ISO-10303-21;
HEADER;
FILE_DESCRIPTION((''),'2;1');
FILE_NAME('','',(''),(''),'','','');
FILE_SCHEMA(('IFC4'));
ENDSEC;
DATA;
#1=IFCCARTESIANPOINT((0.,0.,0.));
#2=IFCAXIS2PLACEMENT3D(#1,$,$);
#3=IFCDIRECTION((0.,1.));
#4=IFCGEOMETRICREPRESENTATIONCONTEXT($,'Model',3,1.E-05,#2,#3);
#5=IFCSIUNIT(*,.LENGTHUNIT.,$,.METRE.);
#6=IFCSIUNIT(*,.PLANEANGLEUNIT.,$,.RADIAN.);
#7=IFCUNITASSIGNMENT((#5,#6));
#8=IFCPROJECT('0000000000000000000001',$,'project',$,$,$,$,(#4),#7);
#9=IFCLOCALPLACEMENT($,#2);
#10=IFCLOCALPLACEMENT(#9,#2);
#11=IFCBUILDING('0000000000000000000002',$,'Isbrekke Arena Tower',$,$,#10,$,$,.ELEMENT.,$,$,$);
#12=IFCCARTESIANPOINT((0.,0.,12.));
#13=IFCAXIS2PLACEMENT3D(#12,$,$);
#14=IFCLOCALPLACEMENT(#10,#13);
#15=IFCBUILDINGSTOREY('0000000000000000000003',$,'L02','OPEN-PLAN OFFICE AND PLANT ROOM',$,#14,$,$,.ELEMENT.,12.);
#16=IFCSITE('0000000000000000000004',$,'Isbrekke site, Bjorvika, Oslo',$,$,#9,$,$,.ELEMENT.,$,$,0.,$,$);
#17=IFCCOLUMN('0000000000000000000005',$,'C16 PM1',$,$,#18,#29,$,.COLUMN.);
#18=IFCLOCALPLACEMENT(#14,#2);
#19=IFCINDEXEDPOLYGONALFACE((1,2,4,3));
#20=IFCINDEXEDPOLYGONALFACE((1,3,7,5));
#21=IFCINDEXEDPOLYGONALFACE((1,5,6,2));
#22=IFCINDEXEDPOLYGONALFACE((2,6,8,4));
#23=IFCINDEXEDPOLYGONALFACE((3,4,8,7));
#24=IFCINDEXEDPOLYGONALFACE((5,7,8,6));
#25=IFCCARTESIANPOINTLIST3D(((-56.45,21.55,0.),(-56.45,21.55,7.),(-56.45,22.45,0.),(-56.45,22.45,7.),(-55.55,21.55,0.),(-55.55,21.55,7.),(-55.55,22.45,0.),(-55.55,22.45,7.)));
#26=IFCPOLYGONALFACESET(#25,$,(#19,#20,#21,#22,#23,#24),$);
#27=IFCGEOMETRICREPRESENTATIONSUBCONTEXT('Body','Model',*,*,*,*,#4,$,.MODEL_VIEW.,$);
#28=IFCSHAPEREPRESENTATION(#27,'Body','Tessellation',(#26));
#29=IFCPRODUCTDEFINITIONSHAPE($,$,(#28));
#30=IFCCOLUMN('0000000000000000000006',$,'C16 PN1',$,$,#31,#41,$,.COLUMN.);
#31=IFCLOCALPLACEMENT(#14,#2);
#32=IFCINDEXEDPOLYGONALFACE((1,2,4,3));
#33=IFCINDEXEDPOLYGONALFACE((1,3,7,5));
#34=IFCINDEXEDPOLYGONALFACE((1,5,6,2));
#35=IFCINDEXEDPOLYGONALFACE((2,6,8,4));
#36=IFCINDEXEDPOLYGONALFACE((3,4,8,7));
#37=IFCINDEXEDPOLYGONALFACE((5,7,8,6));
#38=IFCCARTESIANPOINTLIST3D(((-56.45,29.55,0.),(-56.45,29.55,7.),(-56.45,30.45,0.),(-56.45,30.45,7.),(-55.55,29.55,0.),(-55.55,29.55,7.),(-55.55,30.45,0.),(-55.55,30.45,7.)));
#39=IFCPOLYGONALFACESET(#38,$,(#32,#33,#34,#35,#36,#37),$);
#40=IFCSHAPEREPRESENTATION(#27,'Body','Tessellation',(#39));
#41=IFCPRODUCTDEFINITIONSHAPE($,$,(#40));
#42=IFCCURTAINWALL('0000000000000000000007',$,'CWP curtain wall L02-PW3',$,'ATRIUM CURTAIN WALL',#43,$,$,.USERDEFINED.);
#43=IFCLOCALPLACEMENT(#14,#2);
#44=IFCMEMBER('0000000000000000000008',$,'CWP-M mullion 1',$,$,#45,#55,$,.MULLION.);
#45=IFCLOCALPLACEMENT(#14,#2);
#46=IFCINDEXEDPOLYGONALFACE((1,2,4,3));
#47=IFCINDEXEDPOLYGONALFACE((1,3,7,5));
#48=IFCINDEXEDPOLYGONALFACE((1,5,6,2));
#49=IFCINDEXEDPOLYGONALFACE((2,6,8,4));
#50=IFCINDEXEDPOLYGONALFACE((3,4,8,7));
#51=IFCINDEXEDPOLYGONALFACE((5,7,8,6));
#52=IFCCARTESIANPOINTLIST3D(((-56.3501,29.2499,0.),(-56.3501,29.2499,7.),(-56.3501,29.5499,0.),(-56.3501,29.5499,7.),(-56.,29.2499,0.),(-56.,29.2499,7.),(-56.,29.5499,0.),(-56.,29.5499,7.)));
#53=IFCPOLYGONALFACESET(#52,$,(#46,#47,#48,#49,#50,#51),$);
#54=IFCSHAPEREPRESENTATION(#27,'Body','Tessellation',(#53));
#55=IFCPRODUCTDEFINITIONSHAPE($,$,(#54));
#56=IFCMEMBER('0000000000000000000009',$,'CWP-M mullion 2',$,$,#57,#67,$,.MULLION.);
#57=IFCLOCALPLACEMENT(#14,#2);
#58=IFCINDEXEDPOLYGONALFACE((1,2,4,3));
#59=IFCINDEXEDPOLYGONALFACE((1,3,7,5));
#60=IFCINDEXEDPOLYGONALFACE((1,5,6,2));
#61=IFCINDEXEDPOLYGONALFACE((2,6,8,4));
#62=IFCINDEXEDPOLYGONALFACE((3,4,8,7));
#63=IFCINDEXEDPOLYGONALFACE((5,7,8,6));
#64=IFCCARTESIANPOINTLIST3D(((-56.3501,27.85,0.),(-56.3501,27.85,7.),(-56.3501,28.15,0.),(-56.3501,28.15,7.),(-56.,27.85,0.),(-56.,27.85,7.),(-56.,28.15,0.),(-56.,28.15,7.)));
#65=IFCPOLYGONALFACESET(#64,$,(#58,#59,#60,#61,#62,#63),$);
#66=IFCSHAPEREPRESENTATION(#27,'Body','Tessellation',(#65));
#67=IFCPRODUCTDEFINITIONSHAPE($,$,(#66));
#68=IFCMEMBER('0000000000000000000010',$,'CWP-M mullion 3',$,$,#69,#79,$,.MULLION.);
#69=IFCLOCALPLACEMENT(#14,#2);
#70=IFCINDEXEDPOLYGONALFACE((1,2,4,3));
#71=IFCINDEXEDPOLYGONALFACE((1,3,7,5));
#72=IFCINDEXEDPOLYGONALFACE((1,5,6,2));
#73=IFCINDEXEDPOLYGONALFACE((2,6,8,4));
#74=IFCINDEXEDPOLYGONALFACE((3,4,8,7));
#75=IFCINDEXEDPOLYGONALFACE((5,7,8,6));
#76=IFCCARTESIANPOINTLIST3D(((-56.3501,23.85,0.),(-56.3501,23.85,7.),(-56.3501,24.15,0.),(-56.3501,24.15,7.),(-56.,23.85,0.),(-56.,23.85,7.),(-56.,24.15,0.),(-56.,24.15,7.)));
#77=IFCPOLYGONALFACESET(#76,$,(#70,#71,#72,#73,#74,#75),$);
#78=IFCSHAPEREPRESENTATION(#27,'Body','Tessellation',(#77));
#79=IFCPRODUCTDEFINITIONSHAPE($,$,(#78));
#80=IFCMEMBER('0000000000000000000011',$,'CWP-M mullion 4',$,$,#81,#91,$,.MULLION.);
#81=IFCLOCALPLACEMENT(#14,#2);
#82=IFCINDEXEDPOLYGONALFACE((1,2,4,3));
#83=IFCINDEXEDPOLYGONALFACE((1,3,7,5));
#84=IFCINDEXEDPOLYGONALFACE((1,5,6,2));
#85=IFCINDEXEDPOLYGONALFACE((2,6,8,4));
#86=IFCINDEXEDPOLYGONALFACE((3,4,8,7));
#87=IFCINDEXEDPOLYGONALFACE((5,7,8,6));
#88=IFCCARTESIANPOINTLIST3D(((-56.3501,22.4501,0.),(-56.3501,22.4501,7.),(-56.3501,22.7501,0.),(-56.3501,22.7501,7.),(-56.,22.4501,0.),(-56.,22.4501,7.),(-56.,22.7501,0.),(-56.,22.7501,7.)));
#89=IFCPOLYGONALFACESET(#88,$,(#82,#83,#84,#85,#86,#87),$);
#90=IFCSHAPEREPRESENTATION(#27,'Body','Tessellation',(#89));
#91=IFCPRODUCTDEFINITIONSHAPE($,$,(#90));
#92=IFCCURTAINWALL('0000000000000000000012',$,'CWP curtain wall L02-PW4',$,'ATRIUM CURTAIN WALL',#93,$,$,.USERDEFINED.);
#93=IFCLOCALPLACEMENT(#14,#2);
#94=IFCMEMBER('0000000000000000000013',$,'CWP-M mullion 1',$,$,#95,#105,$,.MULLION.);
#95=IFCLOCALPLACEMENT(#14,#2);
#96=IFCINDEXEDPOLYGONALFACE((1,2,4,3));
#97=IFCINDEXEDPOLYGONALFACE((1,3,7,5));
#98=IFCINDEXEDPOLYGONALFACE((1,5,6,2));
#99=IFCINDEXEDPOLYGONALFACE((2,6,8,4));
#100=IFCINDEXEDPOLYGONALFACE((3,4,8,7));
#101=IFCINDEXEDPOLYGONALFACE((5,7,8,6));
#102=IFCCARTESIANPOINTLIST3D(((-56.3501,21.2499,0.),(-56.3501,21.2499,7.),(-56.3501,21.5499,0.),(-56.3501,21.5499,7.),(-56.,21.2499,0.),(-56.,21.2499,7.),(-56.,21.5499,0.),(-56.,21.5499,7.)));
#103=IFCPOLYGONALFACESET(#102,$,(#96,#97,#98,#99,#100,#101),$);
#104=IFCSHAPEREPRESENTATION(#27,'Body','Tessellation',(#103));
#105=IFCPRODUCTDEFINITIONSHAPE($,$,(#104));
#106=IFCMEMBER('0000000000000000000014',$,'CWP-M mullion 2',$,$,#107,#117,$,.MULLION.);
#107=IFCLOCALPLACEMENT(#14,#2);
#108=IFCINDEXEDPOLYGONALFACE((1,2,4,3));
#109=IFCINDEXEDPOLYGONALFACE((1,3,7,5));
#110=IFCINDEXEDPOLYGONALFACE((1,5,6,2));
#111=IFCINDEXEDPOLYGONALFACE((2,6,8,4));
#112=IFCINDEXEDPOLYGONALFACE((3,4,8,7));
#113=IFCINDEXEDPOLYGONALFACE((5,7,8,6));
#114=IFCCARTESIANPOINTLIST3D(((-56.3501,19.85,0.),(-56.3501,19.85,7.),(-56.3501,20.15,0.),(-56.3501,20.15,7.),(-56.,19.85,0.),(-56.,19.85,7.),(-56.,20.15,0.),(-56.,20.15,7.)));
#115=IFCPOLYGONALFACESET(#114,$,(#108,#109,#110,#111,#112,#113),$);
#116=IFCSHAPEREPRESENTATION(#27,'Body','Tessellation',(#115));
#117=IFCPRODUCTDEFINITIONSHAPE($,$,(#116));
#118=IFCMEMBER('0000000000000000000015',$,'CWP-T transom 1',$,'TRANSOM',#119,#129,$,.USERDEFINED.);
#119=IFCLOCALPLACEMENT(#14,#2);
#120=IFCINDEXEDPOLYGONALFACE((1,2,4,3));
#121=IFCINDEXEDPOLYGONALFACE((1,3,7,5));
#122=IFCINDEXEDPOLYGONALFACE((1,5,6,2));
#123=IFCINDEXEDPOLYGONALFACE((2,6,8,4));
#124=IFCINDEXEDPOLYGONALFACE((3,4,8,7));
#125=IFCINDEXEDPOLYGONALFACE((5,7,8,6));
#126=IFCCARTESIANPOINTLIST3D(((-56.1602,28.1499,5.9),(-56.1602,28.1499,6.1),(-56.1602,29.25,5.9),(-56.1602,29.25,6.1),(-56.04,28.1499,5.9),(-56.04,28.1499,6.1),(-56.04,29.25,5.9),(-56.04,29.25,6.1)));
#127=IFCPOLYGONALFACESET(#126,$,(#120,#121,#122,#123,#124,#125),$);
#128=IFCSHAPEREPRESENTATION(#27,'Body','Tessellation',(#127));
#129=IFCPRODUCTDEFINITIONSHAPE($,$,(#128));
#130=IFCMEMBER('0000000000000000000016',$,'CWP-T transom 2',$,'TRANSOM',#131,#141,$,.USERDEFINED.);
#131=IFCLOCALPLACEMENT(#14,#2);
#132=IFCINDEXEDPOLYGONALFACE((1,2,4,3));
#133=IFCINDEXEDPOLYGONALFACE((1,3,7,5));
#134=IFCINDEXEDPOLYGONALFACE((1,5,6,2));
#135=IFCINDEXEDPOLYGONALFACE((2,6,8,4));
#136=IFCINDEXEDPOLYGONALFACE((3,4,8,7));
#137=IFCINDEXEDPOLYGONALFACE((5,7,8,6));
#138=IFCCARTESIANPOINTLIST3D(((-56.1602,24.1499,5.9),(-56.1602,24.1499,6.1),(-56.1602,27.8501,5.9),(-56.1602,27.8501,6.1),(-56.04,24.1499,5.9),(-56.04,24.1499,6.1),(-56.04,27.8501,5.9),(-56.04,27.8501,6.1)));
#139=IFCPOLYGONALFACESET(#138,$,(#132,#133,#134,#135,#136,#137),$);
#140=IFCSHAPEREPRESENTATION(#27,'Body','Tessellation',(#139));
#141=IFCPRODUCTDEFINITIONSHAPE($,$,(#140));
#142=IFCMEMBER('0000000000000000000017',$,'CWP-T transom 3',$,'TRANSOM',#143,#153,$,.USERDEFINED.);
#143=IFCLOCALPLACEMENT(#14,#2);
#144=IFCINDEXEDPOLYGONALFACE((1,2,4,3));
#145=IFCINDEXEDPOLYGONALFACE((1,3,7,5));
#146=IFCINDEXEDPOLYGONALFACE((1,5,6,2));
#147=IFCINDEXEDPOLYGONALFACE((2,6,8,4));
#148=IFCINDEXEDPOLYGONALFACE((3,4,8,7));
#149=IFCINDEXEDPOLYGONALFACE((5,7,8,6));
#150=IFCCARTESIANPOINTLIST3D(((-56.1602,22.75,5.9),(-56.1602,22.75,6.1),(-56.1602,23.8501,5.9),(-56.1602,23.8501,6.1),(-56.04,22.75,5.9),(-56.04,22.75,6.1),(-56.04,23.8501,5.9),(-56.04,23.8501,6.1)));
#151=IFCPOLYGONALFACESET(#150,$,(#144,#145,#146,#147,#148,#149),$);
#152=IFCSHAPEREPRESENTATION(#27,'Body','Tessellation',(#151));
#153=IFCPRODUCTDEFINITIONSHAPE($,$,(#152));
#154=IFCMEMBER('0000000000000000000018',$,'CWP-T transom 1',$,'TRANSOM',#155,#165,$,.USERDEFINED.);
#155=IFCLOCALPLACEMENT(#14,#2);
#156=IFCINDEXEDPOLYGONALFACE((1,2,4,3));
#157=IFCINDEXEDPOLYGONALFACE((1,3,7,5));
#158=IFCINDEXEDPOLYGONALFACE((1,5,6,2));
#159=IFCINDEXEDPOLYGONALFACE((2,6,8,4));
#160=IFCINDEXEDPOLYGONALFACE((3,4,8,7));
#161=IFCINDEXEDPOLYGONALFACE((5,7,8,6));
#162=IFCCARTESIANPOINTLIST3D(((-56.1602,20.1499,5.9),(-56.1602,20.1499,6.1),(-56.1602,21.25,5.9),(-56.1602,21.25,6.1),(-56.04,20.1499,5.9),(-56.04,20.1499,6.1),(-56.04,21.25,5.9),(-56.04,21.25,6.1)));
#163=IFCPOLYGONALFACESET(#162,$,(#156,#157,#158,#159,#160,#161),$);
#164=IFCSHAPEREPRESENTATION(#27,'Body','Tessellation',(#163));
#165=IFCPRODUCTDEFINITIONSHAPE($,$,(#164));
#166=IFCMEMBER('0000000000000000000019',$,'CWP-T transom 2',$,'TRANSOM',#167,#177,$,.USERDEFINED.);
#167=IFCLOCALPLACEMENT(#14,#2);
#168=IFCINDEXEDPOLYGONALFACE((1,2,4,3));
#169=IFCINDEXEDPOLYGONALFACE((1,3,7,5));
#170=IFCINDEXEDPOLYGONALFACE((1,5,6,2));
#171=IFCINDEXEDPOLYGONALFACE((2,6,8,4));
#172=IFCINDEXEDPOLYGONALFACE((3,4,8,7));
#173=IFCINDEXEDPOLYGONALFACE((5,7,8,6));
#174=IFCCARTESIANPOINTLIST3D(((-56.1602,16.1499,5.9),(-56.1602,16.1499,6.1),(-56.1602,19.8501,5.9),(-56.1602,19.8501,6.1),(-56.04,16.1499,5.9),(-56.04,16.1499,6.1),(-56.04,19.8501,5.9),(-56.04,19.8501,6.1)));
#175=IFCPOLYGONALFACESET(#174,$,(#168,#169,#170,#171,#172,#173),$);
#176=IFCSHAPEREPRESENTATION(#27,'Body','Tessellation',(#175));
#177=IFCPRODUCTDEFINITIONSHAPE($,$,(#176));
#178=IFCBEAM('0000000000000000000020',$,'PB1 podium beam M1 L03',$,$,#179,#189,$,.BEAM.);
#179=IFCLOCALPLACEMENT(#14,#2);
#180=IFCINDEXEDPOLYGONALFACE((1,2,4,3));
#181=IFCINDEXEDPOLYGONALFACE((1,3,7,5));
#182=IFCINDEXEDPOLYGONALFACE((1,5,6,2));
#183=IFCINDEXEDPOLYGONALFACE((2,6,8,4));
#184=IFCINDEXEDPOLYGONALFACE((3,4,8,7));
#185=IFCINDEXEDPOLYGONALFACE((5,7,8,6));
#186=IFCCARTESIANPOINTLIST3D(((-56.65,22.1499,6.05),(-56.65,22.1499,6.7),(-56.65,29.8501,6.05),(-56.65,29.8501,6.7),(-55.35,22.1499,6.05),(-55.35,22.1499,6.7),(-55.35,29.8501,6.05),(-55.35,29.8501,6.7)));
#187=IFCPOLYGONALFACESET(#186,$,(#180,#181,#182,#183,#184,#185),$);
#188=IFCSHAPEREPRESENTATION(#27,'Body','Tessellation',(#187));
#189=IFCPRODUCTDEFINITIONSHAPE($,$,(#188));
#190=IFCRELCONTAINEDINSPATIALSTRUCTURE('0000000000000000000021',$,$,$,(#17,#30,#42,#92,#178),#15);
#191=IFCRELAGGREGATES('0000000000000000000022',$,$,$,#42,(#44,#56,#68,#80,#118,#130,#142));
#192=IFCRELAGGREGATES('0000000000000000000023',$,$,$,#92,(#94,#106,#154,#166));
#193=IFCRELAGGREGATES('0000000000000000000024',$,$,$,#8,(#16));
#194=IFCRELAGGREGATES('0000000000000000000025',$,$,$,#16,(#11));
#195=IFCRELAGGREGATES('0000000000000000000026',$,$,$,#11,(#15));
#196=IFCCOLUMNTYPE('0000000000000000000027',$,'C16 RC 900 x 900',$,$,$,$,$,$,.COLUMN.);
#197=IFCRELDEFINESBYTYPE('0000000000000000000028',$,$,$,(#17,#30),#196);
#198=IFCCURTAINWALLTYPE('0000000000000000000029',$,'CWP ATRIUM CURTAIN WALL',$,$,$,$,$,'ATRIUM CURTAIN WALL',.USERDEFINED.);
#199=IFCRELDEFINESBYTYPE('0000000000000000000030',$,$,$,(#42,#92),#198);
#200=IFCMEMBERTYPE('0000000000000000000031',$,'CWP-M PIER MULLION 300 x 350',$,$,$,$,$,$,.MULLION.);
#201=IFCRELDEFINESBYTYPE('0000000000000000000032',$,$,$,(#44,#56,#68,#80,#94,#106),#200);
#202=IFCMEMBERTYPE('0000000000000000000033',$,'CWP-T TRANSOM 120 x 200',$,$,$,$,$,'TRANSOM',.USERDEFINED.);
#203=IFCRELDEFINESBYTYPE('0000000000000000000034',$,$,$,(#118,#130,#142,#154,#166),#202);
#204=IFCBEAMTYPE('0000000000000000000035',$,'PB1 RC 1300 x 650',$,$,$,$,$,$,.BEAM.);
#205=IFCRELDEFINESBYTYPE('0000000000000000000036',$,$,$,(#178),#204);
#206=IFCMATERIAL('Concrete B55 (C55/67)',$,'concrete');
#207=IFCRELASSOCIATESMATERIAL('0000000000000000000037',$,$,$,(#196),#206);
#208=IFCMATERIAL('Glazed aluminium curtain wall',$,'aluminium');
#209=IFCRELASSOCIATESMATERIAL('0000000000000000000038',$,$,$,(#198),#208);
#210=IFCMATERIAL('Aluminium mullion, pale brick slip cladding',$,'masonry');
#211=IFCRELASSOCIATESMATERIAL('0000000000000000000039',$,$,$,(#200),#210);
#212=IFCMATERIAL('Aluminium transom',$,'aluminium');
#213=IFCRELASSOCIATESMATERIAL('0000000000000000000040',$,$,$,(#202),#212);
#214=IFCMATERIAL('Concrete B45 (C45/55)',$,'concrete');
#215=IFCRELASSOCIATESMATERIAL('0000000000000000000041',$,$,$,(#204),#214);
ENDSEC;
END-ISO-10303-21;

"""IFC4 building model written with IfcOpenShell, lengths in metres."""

from ifc_helpers import new_model, si_unit, direction, frame, origin, origin_2d, place, context, subcontext, project, spatial, rectangle, extrude, material, material_profile, profile_set, type_object, element, aggregate, save


model = new_model("IFC4")

# Units and contexts
model_context = context("Model", 3, precision=1e-05, world=origin(), true_north=direction((0.0, 1.0)))
body_context = subcontext(model_context, "Body", "Model", "MODEL_VIEW")
ifc_project = project(units=[si_unit("LENGTHUNIT", "METRE"), si_unit("PLANEANGLEUNIT", "RADIAN")], contexts=[model_context])

# Site, building, storey
site_placement = place(None, origin())
site = spatial("IfcSite", under=ifc_project, at=site_placement, Name="Isbrekke site, Bjorvika, Oslo", CompositionType="ELEMENT", RefElevation=0.0)
building_placement = place(site_placement, origin())
building = spatial("IfcBuilding", under=site, at=building_placement, Name="Isbrekke Arena Tower", CompositionType="ELEMENT")
storey_placement = place(building_placement, frame((0.0, 0.0, 12.0)))
storey = spatial("IfcBuildingStorey", under=building, at=storey_placement, Name="L02", Description="OPEN-PLAN OFFICE AND PLANT ROOM", CompositionType="ELEMENT", Elevation=12.0)

# Columns
ifc_material_1 = material(Name="Concrete B55 (C55/67)", Category="concrete")
ifc_material_profile_1 = material_profile(ifc_material_1, rectangle(XDim=0.8999, YDim=0.8999, at=origin_2d()), Name="RC 900x900")
ifc_profile_set_1 = profile_set([ifc_material_profile_1], Name="Concrete B55 (C55/67)")
column_type = type_object("IfcColumnType", Name="C16 RC 900 x 900", PredefinedType="COLUMN", material=ifc_profile_set_1)
for number, where, z_axis, x_axis, name in (
    (1, (-56.0, 22.0, 0.0), (0.0, 0.0, 1.0), (1.0, 0.0, 0.0), "C16 PM1"),
    (2, (-56.0, 30.0, 0.0), (0.0, 0.0, 1.0), (1.0, 0.0, 0.0), "C16 PN1"),
):
    element("IfcColumn", number, at=place(storey_placement, frame(where, z_axis=z_axis, x_axis=x_axis)), inside=storey, type_object=column_type, Name=name, PredefinedType="COLUMN", context=body_context, shape_type="SweptSolid", body=[
        extrude(rectangle(XDim=0.8999, YDim=0.8999, at=origin_2d()), origin(), (0.0, 0.0, 1.0), 7.0),
    ])

# Curtain walls, members
ifc_material_2 = material(Name="Glazed aluminium curtain wall", Category="aluminium")
curtain_wall_type = type_object("IfcCurtainWallType", Name="CWP ATRIUM CURTAIN WALL", ElementType="ATRIUM CURTAIN WALL", PredefinedType="USERDEFINED", material=ifc_material_2)
curtain_wall_1_placement = place(storey_placement, origin())
curtain_wall_1 = element("IfcCurtainWall", 3, at=curtain_wall_1_placement, inside=storey, type_object=curtain_wall_type, Name="CWP curtain wall L02-PW3", ObjectType="ATRIUM CURTAIN WALL", PredefinedType="USERDEFINED")
ifc_material_3 = material(Name="Aluminium mullion, pale brick slip cladding", Category="masonry")
ifc_material_profile_2 = material_profile(ifc_material_3, rectangle(XDim=0.3, YDim=0.3501, at=origin_2d()), Name="PIER 300X350")
ifc_profile_set_2 = profile_set([ifc_material_profile_2], Name="Aluminium mullion, pale brick slip cladding")
member_type_1 = type_object("IfcMemberType", Name="CWP-M PIER MULLION 300 x 350", PredefinedType="MULLION", material=ifc_profile_set_2)
member_1_placement = place(storey_placement, frame((-56.175, 29.3999, 0.0), z_axis=(0.0, 0.0, 1.0), x_axis=(0.0, -1.0, 0.0)))
member_1 = element("IfcMember", 4, at=member_1_placement, type_object=member_type_1, Name="CWP-M mullion 1", PredefinedType="MULLION", context=body_context, shape_type="SweptSolid", body=[
    extrude(rectangle(XDim=0.3, YDim=0.3501, at=origin_2d()), origin(), (0.0, 0.0, 1.0), 7.0),
])
member_2_placement = place(storey_placement, frame((-56.175, 28.0, 0.0), z_axis=(0.0, 0.0, 1.0), x_axis=(0.0, -1.0, 0.0)))
member_2 = element("IfcMember", 5, at=member_2_placement, type_object=member_type_1, Name="CWP-M mullion 2", PredefinedType="MULLION", context=body_context, shape_type="SweptSolid", body=[
    extrude(rectangle(XDim=0.3, YDim=0.3501, at=origin_2d()), origin(), (0.0, 0.0, 1.0), 7.0),
])
member_3_placement = place(storey_placement, frame((-56.175, 24.0, 0.0), z_axis=(0.0, 0.0, 1.0), x_axis=(0.0, -1.0, 0.0)))
member_3 = element("IfcMember", 6, at=member_3_placement, type_object=member_type_1, Name="CWP-M mullion 3", PredefinedType="MULLION", context=body_context, shape_type="SweptSolid", body=[
    extrude(rectangle(XDim=0.3, YDim=0.3501, at=origin_2d()), origin(), (0.0, 0.0, 1.0), 7.0),
])
member_4_placement = place(storey_placement, frame((-56.175, 22.6001, 0.0), z_axis=(0.0, 0.0, 1.0), x_axis=(0.0, -1.0, 0.0)))
member_4 = element("IfcMember", 7, at=member_4_placement, type_object=member_type_1, Name="CWP-M mullion 4", PredefinedType="MULLION", context=body_context, shape_type="SweptSolid", body=[
    extrude(rectangle(XDim=0.3, YDim=0.3501, at=origin_2d()), origin(), (0.0, 0.0, 1.0), 7.0),
])
curtain_wall_2_placement = place(storey_placement, origin())
curtain_wall_2 = element("IfcCurtainWall", 8, at=curtain_wall_2_placement, inside=storey, type_object=curtain_wall_type, Name="CWP curtain wall L02-PW4", ObjectType="ATRIUM CURTAIN WALL", PredefinedType="USERDEFINED")
member_5_placement = place(storey_placement, frame((-56.175, 21.3999, 0.0), z_axis=(0.0, 0.0, 1.0), x_axis=(0.0, -1.0, 0.0)))
member_5 = element("IfcMember", 9, at=member_5_placement, type_object=member_type_1, Name="CWP-M mullion 1", PredefinedType="MULLION", context=body_context, shape_type="SweptSolid", body=[
    extrude(rectangle(XDim=0.3, YDim=0.3501, at=origin_2d()), origin(), (0.0, 0.0, 1.0), 7.0),
])
member_6_placement = place(storey_placement, frame((-56.175, 20.0, 0.0), z_axis=(0.0, 0.0, 1.0), x_axis=(0.0, -1.0, 0.0)))
member_6 = element("IfcMember", 10, at=member_6_placement, type_object=member_type_1, Name="CWP-M mullion 2", PredefinedType="MULLION", context=body_context, shape_type="SweptSolid", body=[
    extrude(rectangle(XDim=0.3, YDim=0.3501, at=origin_2d()), origin(), (0.0, 0.0, 1.0), 7.0),
])

# Members
ifc_material_4 = material(Name="Aluminium transom", Category="aluminium")
ifc_material_profile_3 = material_profile(ifc_material_4, rectangle(XDim=0.1201, YDim=0.2, at=origin_2d()), Name="TRANSOM 120X200")
ifc_profile_set_3 = profile_set([ifc_material_profile_3], Name="Aluminium transom")
member_type_2 = type_object("IfcMemberType", Name="CWP-T TRANSOM 120 x 200", ElementType="TRANSOM", PredefinedType="USERDEFINED", material=ifc_profile_set_3)
member_7_placement = place(storey_placement, frame((-56.1001, 29.25, 6.0), z_axis=(0.0, -1.0, 0.0), x_axis=(1.0, 0.0, 0.0)))
member_7 = element("IfcMember", 11, at=member_7_placement, type_object=member_type_2, Name="CWP-T transom 1", ObjectType="TRANSOM", PredefinedType="USERDEFINED", context=body_context, shape_type="SweptSolid", body=[
    extrude(rectangle(XDim=0.1201, YDim=0.2, at=origin_2d()), origin(), (0.0, 0.0, 1.0), 1.1001),
])
member_8_placement = place(storey_placement, frame((-56.1001, 27.8501, 6.0), z_axis=(0.0, -1.0, 0.0), x_axis=(1.0, 0.0, 0.0)))
member_8 = element("IfcMember", 12, at=member_8_placement, type_object=member_type_2, Name="CWP-T transom 2", ObjectType="TRANSOM", PredefinedType="USERDEFINED", context=body_context, shape_type="SweptSolid", body=[
    extrude(rectangle(XDim=0.1201, YDim=0.2, at=origin_2d()), origin(), (0.0, 0.0, 1.0), 3.7002),
])
member_9_placement = place(storey_placement, frame((-56.1001, 23.8501, 6.0), z_axis=(0.0, -1.0, 0.0), x_axis=(1.0, 0.0, 0.0)))
member_9 = element("IfcMember", 13, at=member_9_placement, type_object=member_type_2, Name="CWP-T transom 3", ObjectType="TRANSOM", PredefinedType="USERDEFINED", context=body_context, shape_type="SweptSolid", body=[
    extrude(rectangle(XDim=0.1201, YDim=0.2, at=origin_2d()), origin(), (0.0, 0.0, 1.0), 1.1001),
])
member_10_placement = place(storey_placement, frame((-56.1001, 21.25, 6.0), z_axis=(0.0, -1.0, 0.0), x_axis=(1.0, 0.0, 0.0)))
member_10 = element("IfcMember", 14, at=member_10_placement, type_object=member_type_2, Name="CWP-T transom 1", ObjectType="TRANSOM", PredefinedType="USERDEFINED", context=body_context, shape_type="SweptSolid", body=[
    extrude(rectangle(XDim=0.1201, YDim=0.2, at=origin_2d()), origin(), (0.0, 0.0, 1.0), 1.1001),
])
member_11_placement = place(storey_placement, frame((-56.1001, 19.8501, 6.0), z_axis=(0.0, -1.0, 0.0), x_axis=(1.0, 0.0, 0.0)))
member_11 = element("IfcMember", 15, at=member_11_placement, type_object=member_type_2, Name="CWP-T transom 2", ObjectType="TRANSOM", PredefinedType="USERDEFINED", context=body_context, shape_type="SweptSolid", body=[
    extrude(rectangle(XDim=0.1201, YDim=0.2, at=origin_2d()), origin(), (0.0, 0.0, 1.0), 3.7002),
])

# Beam
ifc_material_5 = material(Name="Concrete B45 (C45/55)", Category="concrete")
ifc_material_profile_4 = material_profile(ifc_material_5, rectangle(XDim=1.3, YDim=0.6499, at=origin_2d()), Name="RC 1300x650")
ifc_profile_set_4 = profile_set([ifc_material_profile_4], Name="Concrete B45 (C45/55)")
beam_type = type_object("IfcBeamType", Name="PB1 RC 1300 x 650", PredefinedType="BEAM", material=ifc_profile_set_4)
for number, where, z_axis, x_axis, name in (
    (16, (-56.0, 22.1499, 6.375), (0.0, 1.0, 0.0), (-1.0, 0.0, 0.0), "PB1 podium beam M1 L03"),
):
    element("IfcBeam", number, at=place(storey_placement, frame(where, z_axis=z_axis, x_axis=x_axis)), inside=storey, type_object=beam_type, Name=name, PredefinedType="BEAM", context=body_context, shape_type="SweptSolid", body=[
        extrude(rectangle(XDim=1.3, YDim=0.6499, at=origin_2d()), origin(), (0.0, 0.0, 1.0), 7.7002),
    ])

aggregate(curtain_wall_1, [member_1, member_2, member_3, member_4, member_7, member_8, member_9])
aggregate(curtain_wall_2, [member_5, member_6, member_10, member_11])

save(model, "model.ifc")
